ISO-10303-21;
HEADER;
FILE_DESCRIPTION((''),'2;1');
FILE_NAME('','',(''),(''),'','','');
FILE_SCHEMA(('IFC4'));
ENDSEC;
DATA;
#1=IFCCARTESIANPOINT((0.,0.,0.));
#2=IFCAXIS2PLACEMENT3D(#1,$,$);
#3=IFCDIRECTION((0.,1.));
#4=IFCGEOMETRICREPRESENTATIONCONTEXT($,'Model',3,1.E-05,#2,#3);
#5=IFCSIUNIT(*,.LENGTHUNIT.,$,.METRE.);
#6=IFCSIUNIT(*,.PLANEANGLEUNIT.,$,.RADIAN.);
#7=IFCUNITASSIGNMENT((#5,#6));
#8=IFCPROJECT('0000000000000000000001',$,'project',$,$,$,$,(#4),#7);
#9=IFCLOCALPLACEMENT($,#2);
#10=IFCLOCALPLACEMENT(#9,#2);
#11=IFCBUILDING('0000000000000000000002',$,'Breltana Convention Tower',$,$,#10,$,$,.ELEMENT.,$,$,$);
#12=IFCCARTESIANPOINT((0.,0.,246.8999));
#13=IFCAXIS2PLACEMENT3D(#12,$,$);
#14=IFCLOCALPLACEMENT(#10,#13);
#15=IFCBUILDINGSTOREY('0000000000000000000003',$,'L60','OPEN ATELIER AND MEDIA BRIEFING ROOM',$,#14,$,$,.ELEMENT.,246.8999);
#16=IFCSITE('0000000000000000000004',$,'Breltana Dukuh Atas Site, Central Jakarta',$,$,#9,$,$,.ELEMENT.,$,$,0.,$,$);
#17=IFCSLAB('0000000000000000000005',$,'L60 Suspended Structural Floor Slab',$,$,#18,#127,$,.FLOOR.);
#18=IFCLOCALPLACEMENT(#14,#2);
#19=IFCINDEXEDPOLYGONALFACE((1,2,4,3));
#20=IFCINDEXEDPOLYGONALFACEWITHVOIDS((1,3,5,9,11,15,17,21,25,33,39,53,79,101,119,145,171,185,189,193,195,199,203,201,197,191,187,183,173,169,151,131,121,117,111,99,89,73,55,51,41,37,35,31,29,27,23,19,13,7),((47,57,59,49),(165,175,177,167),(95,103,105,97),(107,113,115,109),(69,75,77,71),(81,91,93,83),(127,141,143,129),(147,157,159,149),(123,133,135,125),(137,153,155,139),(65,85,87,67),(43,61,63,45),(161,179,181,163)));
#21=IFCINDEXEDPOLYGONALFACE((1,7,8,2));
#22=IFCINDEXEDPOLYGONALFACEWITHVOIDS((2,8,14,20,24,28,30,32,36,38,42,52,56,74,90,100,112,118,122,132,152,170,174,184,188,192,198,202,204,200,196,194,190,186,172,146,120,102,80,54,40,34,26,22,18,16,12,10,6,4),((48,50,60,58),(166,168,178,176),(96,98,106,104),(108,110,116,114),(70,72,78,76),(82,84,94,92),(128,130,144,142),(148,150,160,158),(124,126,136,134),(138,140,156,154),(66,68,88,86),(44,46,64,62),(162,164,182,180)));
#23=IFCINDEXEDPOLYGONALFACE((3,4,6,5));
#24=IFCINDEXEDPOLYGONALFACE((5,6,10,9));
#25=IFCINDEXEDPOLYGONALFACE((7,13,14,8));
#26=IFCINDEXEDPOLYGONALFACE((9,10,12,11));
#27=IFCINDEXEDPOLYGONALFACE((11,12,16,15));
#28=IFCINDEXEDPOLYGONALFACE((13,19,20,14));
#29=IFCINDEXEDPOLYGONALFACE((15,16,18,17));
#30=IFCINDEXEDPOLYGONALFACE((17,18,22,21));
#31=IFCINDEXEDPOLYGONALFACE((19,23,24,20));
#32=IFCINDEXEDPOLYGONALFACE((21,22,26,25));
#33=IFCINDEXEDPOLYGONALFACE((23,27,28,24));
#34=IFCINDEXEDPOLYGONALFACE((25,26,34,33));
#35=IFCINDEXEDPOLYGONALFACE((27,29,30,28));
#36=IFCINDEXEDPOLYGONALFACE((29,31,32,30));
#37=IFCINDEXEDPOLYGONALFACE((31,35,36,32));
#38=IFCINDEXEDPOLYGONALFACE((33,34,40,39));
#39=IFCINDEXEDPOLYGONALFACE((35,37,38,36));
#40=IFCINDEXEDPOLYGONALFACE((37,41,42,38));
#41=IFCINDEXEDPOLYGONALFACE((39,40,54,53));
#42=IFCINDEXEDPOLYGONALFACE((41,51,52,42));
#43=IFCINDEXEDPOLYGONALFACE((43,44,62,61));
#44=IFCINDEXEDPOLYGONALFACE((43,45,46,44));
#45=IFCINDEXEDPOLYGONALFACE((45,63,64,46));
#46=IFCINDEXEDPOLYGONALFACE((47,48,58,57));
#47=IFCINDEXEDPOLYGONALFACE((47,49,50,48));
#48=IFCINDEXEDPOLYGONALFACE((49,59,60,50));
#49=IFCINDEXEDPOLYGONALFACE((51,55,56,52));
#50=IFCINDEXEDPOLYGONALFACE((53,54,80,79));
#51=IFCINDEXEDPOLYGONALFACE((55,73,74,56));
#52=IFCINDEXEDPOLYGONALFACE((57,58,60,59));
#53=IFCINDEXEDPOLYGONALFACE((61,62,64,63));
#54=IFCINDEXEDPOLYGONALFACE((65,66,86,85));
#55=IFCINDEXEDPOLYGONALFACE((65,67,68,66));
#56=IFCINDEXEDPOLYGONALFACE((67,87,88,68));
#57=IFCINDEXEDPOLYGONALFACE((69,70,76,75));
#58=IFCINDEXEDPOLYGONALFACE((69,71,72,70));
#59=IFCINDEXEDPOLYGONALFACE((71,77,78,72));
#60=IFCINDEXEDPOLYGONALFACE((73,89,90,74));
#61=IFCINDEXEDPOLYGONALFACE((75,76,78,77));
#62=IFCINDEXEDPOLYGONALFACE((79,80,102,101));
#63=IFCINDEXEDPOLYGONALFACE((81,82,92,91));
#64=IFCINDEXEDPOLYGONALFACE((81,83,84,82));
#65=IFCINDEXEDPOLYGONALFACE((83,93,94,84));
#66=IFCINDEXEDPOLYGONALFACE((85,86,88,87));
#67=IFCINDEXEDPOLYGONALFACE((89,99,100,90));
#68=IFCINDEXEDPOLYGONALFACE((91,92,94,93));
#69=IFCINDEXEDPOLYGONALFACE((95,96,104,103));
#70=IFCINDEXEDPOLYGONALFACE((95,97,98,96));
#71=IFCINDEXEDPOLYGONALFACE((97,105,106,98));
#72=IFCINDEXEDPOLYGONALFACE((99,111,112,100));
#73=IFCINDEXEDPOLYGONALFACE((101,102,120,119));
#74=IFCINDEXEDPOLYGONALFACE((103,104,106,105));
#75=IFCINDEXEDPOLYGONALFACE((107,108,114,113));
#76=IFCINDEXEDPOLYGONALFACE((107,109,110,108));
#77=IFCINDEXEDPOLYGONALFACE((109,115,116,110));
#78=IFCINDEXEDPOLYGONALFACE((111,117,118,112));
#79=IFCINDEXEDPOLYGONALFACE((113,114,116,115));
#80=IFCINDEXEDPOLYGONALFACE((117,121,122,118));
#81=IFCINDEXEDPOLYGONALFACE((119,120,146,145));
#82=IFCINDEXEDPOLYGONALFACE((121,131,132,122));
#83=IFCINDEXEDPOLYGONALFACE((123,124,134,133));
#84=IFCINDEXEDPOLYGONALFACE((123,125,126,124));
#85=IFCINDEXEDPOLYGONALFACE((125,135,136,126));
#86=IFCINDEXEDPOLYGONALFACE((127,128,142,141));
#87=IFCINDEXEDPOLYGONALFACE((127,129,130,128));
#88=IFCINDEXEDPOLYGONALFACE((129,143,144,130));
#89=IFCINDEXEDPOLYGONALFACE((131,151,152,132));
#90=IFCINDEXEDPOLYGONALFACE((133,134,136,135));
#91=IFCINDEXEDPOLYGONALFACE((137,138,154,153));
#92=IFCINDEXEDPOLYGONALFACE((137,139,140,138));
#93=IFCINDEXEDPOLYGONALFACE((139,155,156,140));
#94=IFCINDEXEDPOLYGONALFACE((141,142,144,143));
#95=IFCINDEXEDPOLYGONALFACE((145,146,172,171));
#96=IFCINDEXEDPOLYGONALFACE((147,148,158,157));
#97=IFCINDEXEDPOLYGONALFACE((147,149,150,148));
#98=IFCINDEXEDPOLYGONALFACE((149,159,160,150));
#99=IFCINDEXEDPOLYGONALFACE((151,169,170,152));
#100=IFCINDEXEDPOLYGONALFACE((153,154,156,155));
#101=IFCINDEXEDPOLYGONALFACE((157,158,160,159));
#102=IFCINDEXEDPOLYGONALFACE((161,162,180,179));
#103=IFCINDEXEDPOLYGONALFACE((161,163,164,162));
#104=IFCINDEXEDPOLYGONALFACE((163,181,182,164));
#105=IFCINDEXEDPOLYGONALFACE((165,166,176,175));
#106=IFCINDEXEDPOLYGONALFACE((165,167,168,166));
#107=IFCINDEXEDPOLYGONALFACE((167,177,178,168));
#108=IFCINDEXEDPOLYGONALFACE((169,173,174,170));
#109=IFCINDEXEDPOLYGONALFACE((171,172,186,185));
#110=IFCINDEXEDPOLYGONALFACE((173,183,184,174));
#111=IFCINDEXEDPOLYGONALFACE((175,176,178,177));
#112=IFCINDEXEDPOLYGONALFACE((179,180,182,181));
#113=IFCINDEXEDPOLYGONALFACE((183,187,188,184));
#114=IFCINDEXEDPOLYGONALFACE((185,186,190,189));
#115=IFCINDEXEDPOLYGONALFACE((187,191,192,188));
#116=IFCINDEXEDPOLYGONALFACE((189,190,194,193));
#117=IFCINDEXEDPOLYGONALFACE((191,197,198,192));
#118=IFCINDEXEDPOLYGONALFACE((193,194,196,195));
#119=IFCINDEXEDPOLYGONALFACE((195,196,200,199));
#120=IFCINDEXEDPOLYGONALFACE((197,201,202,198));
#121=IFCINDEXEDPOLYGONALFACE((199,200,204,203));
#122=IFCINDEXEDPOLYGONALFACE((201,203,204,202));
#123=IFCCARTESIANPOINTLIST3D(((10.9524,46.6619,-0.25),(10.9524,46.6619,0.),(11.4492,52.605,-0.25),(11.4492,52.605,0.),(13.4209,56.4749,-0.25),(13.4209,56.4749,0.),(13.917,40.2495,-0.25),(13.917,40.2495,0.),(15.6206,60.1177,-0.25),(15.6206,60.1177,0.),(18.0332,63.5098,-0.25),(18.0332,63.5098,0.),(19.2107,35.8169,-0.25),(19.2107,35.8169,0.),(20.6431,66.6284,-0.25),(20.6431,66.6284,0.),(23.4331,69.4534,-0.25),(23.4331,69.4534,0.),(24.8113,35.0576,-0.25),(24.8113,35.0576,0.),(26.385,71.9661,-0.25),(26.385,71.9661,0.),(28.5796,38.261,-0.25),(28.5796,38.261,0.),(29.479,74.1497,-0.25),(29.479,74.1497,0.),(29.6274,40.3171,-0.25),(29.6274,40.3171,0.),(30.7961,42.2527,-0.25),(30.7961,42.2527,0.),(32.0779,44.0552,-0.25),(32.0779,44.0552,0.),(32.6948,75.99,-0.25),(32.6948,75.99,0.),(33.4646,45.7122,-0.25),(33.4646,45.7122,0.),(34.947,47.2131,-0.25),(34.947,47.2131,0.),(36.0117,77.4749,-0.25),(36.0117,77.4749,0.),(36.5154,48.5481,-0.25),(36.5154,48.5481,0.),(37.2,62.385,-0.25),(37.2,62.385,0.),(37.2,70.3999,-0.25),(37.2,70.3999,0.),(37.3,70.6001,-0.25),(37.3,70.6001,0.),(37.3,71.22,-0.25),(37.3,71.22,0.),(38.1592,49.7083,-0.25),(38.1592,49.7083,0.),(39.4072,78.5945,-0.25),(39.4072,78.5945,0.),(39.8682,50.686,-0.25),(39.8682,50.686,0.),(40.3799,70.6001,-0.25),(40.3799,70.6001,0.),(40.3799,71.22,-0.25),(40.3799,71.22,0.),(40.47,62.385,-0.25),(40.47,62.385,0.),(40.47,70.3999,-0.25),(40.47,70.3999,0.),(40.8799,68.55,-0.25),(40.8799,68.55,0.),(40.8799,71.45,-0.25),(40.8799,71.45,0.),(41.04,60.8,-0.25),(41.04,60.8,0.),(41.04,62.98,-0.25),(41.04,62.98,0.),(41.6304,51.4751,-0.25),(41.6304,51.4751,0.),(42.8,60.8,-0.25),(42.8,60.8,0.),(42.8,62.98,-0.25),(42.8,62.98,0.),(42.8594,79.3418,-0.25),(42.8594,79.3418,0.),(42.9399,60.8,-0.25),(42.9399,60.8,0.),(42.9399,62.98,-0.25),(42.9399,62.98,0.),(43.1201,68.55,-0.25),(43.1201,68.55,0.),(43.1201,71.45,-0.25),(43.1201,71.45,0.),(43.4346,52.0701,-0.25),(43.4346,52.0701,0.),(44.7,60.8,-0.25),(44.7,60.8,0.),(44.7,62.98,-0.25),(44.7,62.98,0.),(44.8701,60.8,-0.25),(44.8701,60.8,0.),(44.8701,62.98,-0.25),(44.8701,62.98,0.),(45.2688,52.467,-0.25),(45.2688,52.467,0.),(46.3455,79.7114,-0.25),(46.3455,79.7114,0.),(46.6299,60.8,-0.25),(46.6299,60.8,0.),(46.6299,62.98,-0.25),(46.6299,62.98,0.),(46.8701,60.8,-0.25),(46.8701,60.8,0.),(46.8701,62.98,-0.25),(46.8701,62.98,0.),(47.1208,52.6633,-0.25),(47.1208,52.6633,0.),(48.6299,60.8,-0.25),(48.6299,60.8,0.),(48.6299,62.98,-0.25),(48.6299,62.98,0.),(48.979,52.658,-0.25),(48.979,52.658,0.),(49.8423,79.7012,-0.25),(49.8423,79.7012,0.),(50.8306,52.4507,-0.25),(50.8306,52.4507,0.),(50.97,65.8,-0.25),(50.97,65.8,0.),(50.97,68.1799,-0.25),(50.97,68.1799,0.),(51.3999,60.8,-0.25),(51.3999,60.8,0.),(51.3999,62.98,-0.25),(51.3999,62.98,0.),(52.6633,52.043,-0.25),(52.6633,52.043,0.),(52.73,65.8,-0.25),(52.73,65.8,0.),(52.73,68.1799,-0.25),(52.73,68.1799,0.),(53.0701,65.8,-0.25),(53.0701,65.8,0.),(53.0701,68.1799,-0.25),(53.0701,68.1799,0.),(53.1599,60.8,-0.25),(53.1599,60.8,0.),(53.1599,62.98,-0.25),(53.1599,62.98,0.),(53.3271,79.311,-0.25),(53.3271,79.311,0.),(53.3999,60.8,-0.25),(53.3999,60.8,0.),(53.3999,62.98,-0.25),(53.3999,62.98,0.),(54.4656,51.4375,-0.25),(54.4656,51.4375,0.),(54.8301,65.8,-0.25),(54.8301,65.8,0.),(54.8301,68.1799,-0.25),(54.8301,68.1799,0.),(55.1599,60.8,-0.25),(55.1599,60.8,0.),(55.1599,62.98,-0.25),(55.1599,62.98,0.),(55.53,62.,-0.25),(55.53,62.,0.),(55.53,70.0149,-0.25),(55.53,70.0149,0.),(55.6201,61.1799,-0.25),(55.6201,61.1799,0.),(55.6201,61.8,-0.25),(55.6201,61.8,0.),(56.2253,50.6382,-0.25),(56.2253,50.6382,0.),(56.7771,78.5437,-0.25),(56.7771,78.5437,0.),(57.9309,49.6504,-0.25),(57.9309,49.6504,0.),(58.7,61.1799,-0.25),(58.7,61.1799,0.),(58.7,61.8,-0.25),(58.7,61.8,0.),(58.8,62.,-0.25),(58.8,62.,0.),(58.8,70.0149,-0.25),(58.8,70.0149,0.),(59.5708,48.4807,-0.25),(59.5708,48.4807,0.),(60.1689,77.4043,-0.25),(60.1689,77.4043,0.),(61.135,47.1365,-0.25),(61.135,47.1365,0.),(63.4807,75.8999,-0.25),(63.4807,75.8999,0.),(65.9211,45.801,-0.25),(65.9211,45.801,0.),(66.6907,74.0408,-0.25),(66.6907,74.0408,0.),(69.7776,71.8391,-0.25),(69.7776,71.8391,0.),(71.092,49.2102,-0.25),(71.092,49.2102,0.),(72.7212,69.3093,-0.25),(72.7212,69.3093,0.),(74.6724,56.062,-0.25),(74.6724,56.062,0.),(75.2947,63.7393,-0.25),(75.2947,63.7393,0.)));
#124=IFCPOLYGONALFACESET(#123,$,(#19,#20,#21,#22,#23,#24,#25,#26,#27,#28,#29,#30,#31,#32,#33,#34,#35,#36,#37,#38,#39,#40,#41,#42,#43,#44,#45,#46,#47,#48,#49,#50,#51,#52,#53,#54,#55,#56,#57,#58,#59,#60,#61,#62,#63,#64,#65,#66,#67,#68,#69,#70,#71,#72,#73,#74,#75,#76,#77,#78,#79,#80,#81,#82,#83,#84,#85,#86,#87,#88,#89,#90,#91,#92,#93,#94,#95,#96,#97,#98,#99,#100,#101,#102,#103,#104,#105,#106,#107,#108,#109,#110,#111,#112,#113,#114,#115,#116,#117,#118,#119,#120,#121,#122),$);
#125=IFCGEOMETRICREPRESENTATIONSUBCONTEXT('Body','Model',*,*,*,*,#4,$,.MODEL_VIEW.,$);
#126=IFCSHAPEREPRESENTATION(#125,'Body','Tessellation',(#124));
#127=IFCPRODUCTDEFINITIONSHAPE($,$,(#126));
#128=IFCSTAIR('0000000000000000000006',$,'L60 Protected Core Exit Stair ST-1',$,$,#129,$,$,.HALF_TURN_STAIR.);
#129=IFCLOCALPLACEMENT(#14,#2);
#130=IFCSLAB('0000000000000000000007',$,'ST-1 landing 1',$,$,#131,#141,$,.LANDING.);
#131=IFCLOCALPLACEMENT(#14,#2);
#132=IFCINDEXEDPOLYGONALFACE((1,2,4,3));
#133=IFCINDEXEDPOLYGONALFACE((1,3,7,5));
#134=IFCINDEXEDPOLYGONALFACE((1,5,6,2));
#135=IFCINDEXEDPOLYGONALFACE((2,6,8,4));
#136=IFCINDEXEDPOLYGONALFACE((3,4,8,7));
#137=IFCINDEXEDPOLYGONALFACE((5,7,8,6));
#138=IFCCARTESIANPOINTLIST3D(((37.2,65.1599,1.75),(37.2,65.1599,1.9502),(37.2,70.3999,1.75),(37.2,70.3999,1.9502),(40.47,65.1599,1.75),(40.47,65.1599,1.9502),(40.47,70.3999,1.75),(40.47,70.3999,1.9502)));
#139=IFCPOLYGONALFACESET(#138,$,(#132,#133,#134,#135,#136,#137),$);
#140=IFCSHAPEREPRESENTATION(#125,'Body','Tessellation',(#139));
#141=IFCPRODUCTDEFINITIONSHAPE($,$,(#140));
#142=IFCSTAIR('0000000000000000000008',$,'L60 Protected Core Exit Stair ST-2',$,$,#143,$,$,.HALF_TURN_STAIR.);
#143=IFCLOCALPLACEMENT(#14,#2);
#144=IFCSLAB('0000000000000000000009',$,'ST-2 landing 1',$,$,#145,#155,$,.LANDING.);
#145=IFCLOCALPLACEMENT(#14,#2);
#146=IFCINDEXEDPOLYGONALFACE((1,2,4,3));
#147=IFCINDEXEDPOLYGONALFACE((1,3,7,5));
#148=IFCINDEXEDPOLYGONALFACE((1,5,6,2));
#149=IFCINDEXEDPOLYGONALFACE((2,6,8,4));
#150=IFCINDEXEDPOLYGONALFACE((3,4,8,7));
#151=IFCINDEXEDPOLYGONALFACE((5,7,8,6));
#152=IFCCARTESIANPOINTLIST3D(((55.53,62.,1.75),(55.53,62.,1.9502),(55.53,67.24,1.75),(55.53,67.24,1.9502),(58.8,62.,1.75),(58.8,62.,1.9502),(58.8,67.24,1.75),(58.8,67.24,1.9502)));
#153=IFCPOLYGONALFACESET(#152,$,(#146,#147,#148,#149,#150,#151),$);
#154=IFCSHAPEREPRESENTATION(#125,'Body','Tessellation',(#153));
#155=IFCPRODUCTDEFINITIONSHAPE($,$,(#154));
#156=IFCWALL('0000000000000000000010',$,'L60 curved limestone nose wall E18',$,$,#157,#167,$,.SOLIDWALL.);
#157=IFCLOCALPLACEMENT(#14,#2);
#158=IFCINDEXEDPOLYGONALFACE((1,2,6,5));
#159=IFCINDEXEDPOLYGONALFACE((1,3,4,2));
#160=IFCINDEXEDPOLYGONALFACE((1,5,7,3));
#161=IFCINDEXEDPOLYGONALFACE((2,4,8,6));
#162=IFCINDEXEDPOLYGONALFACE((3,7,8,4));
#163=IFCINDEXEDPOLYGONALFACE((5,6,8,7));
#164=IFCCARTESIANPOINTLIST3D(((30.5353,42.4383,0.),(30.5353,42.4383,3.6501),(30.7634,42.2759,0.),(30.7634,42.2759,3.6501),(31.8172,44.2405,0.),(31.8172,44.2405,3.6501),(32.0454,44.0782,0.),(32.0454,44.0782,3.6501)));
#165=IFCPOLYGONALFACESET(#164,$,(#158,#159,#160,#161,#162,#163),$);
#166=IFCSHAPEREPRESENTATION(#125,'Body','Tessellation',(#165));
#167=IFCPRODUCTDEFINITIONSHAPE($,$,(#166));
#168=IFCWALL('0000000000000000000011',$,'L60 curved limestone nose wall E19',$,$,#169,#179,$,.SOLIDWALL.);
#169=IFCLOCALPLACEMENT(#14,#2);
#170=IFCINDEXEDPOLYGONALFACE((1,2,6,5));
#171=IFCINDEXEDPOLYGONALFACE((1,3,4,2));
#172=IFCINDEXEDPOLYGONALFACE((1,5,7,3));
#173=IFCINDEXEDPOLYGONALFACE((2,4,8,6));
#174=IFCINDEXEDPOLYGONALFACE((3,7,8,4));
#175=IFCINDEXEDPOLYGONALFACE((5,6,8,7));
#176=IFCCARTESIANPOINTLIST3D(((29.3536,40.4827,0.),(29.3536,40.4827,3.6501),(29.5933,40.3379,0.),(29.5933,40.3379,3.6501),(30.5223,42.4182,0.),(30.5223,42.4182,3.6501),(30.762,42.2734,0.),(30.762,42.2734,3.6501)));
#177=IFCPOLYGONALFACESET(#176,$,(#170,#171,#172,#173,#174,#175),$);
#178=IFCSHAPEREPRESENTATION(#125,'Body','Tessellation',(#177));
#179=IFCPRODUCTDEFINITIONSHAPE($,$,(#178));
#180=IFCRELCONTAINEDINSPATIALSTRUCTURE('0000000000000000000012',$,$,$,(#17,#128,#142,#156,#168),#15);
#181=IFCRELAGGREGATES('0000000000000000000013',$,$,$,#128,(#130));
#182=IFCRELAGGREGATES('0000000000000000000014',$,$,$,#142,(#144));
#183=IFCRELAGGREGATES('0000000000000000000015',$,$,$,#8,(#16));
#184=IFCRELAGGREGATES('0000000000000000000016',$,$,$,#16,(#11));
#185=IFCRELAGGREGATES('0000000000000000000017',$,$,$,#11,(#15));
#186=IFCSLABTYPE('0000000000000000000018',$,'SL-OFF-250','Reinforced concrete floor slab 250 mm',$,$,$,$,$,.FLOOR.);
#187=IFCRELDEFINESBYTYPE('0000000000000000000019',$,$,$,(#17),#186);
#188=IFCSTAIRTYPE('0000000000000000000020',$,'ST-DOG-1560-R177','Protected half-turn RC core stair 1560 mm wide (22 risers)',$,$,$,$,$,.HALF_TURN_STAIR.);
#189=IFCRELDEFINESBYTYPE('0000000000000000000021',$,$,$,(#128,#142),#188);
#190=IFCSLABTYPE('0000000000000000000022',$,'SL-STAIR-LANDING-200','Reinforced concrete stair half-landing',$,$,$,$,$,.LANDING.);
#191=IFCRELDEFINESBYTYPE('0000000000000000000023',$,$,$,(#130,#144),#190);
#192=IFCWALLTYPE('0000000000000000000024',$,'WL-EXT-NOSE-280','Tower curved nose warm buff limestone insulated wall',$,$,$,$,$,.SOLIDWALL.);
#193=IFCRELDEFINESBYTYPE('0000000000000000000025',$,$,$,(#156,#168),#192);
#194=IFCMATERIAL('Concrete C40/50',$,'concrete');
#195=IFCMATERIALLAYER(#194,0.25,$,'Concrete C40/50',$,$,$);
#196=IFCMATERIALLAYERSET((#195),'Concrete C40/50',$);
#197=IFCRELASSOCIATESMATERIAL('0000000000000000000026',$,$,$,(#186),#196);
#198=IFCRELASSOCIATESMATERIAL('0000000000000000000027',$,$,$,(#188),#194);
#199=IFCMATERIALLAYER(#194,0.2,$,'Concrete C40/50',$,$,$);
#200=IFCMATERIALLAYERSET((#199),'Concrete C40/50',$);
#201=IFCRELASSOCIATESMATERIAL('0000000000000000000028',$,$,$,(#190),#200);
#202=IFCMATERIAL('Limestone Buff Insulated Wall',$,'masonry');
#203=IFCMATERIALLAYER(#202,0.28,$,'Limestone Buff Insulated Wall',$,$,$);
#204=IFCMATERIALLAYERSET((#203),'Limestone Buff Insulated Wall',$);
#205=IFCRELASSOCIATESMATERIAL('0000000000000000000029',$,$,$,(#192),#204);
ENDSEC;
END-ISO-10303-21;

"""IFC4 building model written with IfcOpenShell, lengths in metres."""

from ifc_helpers import new_model, si_unit, direction, frame, frame_2d, origin, place, context, subcontext, project, spatial, polyline, rectangle, outline, extrude, source, transform, mapped, material, layer, layer_set, type_object, element, aggregate, save


model = new_model("IFC4")

# Units and contexts
model_context = context("Model", 3, precision=1e-05, world=origin(), true_north=direction((0.0, 1.0)))
body_context = subcontext(model_context, "Body", "Model", "MODEL_VIEW")
ifc_project = project(units=[si_unit("LENGTHUNIT", "METRE"), si_unit("PLANEANGLEUNIT", "RADIAN")], contexts=[model_context])

# Site, building, storey
site_placement = place(None, origin())
site = spatial("IfcSite", under=ifc_project, at=site_placement, Name="Breltana Dukuh Atas Site, Central Jakarta", CompositionType="ELEMENT", RefElevation=0.0)
building_placement = place(site_placement, origin())
building = spatial("IfcBuilding", under=site, at=building_placement, Name="Breltana Convention Tower", CompositionType="ELEMENT")
storey_placement = place(building_placement, frame((0.0, 0.0, 246.8999)))
storey = spatial("IfcBuildingStorey", under=building, at=storey_placement, Name="L60", Description="OPEN ATELIER AND MEDIA BRIEFING ROOM", CompositionType="ELEMENT", Elevation=246.8999)

# Slab
ifc_material_1 = material(Name="Concrete C40/50", Category="concrete")
ifc_layer_1 = layer(ifc_material_1, 0.25, Name="Concrete C40/50")
ifc_layer_set_1 = layer_set([ifc_layer_1], Name="Concrete C40/50")
slab_type_1 = type_object("IfcSlabType", Name="SL-OFF-250", Description="Reinforced concrete floor slab 250 mm", PredefinedType="FLOOR", material=ifc_layer_set_1)
slab_1_placement = place(storey_placement, frame((0.0, 0.0, -0.25)))
element("IfcSlab", 1, at=slab_1_placement, inside=storey, type_object=slab_type_1, Name="L60 Suspended Structural Floor Slab", PredefinedType="FLOOR", context=body_context, shape_type="SweptSolid", body=[
    extrude(outline(polyline([(72.7212, 69.3093), (69.7776, 71.8391), (66.6907, 74.0408), (63.4807, 75.8999), (60.1689, 77.4043), (56.7771, 78.5437), (53.3271, 79.311), (49.8423, 79.7012), (46.3455, 79.7114), (42.8594, 79.3418), (39.4072, 78.5945), (36.0117, 77.4749), (32.6948, 75.99), (29.479, 74.1497), (26.385, 71.9661), (23.4331, 69.4534), (20.6431, 66.6284), (18.0332, 63.5098), (15.6206, 60.1177), (13.4209, 56.4749), (11.4492, 52.605), (10.9524, 46.6619), (13.917, 40.2495), (19.2107, 35.8169), (24.8113, 35.0576), (28.5796, 38.261), (29.6274, 40.3171), (30.7961, 42.2527), (32.0779, 44.0552), (33.4646, 45.7122), (34.947, 47.2131), (36.5154, 48.5481), (38.1592, 49.7083), (39.8682, 50.686), (41.6304, 51.4751), (43.4346, 52.0701), (45.2688, 52.467), (47.1208, 52.6633), (48.979, 52.658), (50.8306, 52.4507), (52.6633, 52.043), (54.4656, 51.4375), (56.2253, 50.6382), (57.9309, 49.6504), (59.5708, 48.4807), (61.135, 47.1365), (65.9211, 45.801), (71.092, 49.2102), (74.6724, 56.062), (75.2947, 63.7393), (72.7212, 69.3093)]), holes=[polyline([(37.2, 62.385), (40.47, 62.385), (40.47, 70.3999), (37.2, 70.3999), (37.2, 62.385)]), polyline([(55.53, 62.0), (58.8, 62.0), (58.8, 70.0149), (55.53, 70.0149), (55.53, 62.0)]), polyline([(41.04, 60.8), (42.8, 60.8), (42.8, 62.98), (41.04, 62.98), (41.04, 60.8)]), polyline([(42.9399, 60.8), (44.7, 60.8), (44.7, 62.98), (42.9399, 62.98), (42.9399, 60.8)]), polyline([(44.8701, 60.8), (46.6299, 60.8), (46.6299, 62.98), (44.8701, 62.98), (44.8701, 60.8)]), polyline([(46.8701, 60.8), (48.6299, 60.8), (48.6299, 62.98), (46.8701, 62.98), (46.8701, 60.8)]), polyline([(51.3999, 60.8), (53.1599, 60.8), (53.1599, 62.98), (51.3999, 62.98), (51.3999, 60.8)]), polyline([(53.3999, 60.8), (55.1599, 60.8), (55.1599, 62.98), (53.3999, 62.98), (53.3999, 60.8)]), polyline([(50.97, 65.8), (52.73, 65.8), (52.73, 68.1799), (50.97, 68.1799), (50.97, 65.8)]), polyline([(53.0701, 65.8), (54.8301, 65.8), (54.8301, 68.1799), (53.0701, 68.1799), (53.0701, 65.8)]), polyline([(40.8799, 68.55), (43.1201, 68.55), (43.1201, 71.45), (40.8799, 71.45), (40.8799, 68.55)]), polyline([(37.3, 70.6001), (40.3799, 70.6001), (40.3799, 71.22), (37.3, 71.22), (37.3, 70.6001)]), polyline([(55.6201, 61.1799), (58.7, 61.1799), (58.7, 61.8), (55.6201, 61.8), (55.6201, 61.1799)])]), origin(), (0.0, 0.0, 1.0), 0.25),
])

# Stairs, slabs
stair_type = type_object("IfcStairType", Name="ST-DOG-1560-R177", Description="Protected half-turn RC core stair 1560 mm wide (22 risers)", PredefinedType="HALF_TURN_STAIR", material=ifc_material_1)
stair_1_placement = place(storey_placement, origin())
stair_1 = element("IfcStair", 2, at=stair_1_placement, inside=storey, type_object=stair_type, Name="L60 Protected Core Exit Stair ST-1", PredefinedType="HALF_TURN_STAIR")
ifc_layer_2 = layer(ifc_material_1, 0.2, Name="Concrete C40/50")
ifc_layer_set_2 = layer_set([ifc_layer_2], Name="Concrete C40/50")
slab_type_2 = type_object("IfcSlabType", Name="SL-STAIR-LANDING-200", Description="Reinforced concrete stair half-landing", PredefinedType="LANDING", material=ifc_layer_set_2)
slab_2_placement = place(storey_placement, frame((0.0, 0.0, 1.75)))
slab_2 = element("IfcSlab", 3, at=slab_2_placement, type_object=slab_type_2, Name="ST-1 landing 1", PredefinedType="LANDING", context=body_context, shape_type="SweptSolid", body=[
    extrude(outline(polyline([(40.47, 65.1599), (40.47, 70.3999), (37.2, 70.3999), (37.2, 65.1599), (40.47, 65.1599)])), origin(), (0.0, 0.0, 1.0), 0.2002),
])
aggregate(stair_1, [slab_2])
stair_2_placement = place(storey_placement, origin())
stair_2 = element("IfcStair", 4, at=stair_2_placement, inside=storey, type_object=stair_type, Name="L60 Protected Core Exit Stair ST-2", PredefinedType="HALF_TURN_STAIR")
slab_3_placement = place(storey_placement, frame((0.0, 0.0, 1.75)))
slab_3 = element("IfcSlab", 5, at=slab_3_placement, type_object=slab_type_2, Name="ST-2 landing 1", PredefinedType="LANDING", context=body_context, shape_type="SweptSolid", body=[
    extrude(outline(polyline([(55.53, 67.24), (55.53, 62.0), (58.8, 62.0), (58.8, 67.24), (55.53, 67.24)])), origin(), (0.0, 0.0, 1.0), 0.2002),
])
aggregate(stair_2, [slab_3])

# Walls
ifc_material_2 = material(Name="Limestone Buff Insulated Wall", Category="masonry")
ifc_layer_3 = layer(ifc_material_2, 0.28, Name="Limestone Buff Insulated Wall")
ifc_layer_set_3 = layer_set([ifc_layer_3], Name="Limestone Buff Insulated Wall")
wall_type_1 = type_object("IfcWallType", Name="WL-EXT-NOSE-280", Description="Tower curved nose warm buff limestone insulated wall", PredefinedType="SOLIDWALL", material=ifc_layer_set_3)
shared_shape_1 = source(origin(), body_context, "Body", "SweptSolid", [
    extrude(rectangle(XDim=2.2117, YDim=0.28, at=frame_2d((1.106, 0.0))), origin(), (0.0, 0.0, 1.0), 3.6501),
])
wall_1_placement = place(storey_placement, frame((31.9314, 44.1594, 0.0), z_axis=(0.0, 0.0, 1.0), x_axis=(-0.579639, -0.814873, 0.0)))
element("IfcWall", 6, at=wall_1_placement, inside=storey, type_object=wall_type_1, Name="L60 curved limestone nose wall E18", PredefinedType="SOLIDWALL", context=body_context, shape_type="MappedRepresentation", body=[
    mapped(shared_shape_1, transform((0.0, 0.0, 0.0), scale=1.0)),
])
shared_shape_2 = source(origin(), body_context, "Body", "SweptSolid", [
    extrude(rectangle(XDim=2.261, YDim=0.28, at=frame_2d((1.1304, 0.0))), origin(), (0.0, 0.0, 1.0), 3.6501),
])
wall_2_placement = place(storey_placement, frame((30.6421, 42.3457, 0.0), z_axis=(0.0, 0.0, 1.0), x_axis=(-0.516891, -0.856051, 0.0)))
element("IfcWall", 7, at=wall_2_placement, inside=storey, type_object=wall_type_1, Name="L60 curved limestone nose wall E19", PredefinedType="SOLIDWALL", context=body_context, shape_type="MappedRepresentation", body=[
    mapped(shared_shape_2, transform((0.0, 0.0, 0.0), scale=1.0)),
])

save(model, "model.ifc")
